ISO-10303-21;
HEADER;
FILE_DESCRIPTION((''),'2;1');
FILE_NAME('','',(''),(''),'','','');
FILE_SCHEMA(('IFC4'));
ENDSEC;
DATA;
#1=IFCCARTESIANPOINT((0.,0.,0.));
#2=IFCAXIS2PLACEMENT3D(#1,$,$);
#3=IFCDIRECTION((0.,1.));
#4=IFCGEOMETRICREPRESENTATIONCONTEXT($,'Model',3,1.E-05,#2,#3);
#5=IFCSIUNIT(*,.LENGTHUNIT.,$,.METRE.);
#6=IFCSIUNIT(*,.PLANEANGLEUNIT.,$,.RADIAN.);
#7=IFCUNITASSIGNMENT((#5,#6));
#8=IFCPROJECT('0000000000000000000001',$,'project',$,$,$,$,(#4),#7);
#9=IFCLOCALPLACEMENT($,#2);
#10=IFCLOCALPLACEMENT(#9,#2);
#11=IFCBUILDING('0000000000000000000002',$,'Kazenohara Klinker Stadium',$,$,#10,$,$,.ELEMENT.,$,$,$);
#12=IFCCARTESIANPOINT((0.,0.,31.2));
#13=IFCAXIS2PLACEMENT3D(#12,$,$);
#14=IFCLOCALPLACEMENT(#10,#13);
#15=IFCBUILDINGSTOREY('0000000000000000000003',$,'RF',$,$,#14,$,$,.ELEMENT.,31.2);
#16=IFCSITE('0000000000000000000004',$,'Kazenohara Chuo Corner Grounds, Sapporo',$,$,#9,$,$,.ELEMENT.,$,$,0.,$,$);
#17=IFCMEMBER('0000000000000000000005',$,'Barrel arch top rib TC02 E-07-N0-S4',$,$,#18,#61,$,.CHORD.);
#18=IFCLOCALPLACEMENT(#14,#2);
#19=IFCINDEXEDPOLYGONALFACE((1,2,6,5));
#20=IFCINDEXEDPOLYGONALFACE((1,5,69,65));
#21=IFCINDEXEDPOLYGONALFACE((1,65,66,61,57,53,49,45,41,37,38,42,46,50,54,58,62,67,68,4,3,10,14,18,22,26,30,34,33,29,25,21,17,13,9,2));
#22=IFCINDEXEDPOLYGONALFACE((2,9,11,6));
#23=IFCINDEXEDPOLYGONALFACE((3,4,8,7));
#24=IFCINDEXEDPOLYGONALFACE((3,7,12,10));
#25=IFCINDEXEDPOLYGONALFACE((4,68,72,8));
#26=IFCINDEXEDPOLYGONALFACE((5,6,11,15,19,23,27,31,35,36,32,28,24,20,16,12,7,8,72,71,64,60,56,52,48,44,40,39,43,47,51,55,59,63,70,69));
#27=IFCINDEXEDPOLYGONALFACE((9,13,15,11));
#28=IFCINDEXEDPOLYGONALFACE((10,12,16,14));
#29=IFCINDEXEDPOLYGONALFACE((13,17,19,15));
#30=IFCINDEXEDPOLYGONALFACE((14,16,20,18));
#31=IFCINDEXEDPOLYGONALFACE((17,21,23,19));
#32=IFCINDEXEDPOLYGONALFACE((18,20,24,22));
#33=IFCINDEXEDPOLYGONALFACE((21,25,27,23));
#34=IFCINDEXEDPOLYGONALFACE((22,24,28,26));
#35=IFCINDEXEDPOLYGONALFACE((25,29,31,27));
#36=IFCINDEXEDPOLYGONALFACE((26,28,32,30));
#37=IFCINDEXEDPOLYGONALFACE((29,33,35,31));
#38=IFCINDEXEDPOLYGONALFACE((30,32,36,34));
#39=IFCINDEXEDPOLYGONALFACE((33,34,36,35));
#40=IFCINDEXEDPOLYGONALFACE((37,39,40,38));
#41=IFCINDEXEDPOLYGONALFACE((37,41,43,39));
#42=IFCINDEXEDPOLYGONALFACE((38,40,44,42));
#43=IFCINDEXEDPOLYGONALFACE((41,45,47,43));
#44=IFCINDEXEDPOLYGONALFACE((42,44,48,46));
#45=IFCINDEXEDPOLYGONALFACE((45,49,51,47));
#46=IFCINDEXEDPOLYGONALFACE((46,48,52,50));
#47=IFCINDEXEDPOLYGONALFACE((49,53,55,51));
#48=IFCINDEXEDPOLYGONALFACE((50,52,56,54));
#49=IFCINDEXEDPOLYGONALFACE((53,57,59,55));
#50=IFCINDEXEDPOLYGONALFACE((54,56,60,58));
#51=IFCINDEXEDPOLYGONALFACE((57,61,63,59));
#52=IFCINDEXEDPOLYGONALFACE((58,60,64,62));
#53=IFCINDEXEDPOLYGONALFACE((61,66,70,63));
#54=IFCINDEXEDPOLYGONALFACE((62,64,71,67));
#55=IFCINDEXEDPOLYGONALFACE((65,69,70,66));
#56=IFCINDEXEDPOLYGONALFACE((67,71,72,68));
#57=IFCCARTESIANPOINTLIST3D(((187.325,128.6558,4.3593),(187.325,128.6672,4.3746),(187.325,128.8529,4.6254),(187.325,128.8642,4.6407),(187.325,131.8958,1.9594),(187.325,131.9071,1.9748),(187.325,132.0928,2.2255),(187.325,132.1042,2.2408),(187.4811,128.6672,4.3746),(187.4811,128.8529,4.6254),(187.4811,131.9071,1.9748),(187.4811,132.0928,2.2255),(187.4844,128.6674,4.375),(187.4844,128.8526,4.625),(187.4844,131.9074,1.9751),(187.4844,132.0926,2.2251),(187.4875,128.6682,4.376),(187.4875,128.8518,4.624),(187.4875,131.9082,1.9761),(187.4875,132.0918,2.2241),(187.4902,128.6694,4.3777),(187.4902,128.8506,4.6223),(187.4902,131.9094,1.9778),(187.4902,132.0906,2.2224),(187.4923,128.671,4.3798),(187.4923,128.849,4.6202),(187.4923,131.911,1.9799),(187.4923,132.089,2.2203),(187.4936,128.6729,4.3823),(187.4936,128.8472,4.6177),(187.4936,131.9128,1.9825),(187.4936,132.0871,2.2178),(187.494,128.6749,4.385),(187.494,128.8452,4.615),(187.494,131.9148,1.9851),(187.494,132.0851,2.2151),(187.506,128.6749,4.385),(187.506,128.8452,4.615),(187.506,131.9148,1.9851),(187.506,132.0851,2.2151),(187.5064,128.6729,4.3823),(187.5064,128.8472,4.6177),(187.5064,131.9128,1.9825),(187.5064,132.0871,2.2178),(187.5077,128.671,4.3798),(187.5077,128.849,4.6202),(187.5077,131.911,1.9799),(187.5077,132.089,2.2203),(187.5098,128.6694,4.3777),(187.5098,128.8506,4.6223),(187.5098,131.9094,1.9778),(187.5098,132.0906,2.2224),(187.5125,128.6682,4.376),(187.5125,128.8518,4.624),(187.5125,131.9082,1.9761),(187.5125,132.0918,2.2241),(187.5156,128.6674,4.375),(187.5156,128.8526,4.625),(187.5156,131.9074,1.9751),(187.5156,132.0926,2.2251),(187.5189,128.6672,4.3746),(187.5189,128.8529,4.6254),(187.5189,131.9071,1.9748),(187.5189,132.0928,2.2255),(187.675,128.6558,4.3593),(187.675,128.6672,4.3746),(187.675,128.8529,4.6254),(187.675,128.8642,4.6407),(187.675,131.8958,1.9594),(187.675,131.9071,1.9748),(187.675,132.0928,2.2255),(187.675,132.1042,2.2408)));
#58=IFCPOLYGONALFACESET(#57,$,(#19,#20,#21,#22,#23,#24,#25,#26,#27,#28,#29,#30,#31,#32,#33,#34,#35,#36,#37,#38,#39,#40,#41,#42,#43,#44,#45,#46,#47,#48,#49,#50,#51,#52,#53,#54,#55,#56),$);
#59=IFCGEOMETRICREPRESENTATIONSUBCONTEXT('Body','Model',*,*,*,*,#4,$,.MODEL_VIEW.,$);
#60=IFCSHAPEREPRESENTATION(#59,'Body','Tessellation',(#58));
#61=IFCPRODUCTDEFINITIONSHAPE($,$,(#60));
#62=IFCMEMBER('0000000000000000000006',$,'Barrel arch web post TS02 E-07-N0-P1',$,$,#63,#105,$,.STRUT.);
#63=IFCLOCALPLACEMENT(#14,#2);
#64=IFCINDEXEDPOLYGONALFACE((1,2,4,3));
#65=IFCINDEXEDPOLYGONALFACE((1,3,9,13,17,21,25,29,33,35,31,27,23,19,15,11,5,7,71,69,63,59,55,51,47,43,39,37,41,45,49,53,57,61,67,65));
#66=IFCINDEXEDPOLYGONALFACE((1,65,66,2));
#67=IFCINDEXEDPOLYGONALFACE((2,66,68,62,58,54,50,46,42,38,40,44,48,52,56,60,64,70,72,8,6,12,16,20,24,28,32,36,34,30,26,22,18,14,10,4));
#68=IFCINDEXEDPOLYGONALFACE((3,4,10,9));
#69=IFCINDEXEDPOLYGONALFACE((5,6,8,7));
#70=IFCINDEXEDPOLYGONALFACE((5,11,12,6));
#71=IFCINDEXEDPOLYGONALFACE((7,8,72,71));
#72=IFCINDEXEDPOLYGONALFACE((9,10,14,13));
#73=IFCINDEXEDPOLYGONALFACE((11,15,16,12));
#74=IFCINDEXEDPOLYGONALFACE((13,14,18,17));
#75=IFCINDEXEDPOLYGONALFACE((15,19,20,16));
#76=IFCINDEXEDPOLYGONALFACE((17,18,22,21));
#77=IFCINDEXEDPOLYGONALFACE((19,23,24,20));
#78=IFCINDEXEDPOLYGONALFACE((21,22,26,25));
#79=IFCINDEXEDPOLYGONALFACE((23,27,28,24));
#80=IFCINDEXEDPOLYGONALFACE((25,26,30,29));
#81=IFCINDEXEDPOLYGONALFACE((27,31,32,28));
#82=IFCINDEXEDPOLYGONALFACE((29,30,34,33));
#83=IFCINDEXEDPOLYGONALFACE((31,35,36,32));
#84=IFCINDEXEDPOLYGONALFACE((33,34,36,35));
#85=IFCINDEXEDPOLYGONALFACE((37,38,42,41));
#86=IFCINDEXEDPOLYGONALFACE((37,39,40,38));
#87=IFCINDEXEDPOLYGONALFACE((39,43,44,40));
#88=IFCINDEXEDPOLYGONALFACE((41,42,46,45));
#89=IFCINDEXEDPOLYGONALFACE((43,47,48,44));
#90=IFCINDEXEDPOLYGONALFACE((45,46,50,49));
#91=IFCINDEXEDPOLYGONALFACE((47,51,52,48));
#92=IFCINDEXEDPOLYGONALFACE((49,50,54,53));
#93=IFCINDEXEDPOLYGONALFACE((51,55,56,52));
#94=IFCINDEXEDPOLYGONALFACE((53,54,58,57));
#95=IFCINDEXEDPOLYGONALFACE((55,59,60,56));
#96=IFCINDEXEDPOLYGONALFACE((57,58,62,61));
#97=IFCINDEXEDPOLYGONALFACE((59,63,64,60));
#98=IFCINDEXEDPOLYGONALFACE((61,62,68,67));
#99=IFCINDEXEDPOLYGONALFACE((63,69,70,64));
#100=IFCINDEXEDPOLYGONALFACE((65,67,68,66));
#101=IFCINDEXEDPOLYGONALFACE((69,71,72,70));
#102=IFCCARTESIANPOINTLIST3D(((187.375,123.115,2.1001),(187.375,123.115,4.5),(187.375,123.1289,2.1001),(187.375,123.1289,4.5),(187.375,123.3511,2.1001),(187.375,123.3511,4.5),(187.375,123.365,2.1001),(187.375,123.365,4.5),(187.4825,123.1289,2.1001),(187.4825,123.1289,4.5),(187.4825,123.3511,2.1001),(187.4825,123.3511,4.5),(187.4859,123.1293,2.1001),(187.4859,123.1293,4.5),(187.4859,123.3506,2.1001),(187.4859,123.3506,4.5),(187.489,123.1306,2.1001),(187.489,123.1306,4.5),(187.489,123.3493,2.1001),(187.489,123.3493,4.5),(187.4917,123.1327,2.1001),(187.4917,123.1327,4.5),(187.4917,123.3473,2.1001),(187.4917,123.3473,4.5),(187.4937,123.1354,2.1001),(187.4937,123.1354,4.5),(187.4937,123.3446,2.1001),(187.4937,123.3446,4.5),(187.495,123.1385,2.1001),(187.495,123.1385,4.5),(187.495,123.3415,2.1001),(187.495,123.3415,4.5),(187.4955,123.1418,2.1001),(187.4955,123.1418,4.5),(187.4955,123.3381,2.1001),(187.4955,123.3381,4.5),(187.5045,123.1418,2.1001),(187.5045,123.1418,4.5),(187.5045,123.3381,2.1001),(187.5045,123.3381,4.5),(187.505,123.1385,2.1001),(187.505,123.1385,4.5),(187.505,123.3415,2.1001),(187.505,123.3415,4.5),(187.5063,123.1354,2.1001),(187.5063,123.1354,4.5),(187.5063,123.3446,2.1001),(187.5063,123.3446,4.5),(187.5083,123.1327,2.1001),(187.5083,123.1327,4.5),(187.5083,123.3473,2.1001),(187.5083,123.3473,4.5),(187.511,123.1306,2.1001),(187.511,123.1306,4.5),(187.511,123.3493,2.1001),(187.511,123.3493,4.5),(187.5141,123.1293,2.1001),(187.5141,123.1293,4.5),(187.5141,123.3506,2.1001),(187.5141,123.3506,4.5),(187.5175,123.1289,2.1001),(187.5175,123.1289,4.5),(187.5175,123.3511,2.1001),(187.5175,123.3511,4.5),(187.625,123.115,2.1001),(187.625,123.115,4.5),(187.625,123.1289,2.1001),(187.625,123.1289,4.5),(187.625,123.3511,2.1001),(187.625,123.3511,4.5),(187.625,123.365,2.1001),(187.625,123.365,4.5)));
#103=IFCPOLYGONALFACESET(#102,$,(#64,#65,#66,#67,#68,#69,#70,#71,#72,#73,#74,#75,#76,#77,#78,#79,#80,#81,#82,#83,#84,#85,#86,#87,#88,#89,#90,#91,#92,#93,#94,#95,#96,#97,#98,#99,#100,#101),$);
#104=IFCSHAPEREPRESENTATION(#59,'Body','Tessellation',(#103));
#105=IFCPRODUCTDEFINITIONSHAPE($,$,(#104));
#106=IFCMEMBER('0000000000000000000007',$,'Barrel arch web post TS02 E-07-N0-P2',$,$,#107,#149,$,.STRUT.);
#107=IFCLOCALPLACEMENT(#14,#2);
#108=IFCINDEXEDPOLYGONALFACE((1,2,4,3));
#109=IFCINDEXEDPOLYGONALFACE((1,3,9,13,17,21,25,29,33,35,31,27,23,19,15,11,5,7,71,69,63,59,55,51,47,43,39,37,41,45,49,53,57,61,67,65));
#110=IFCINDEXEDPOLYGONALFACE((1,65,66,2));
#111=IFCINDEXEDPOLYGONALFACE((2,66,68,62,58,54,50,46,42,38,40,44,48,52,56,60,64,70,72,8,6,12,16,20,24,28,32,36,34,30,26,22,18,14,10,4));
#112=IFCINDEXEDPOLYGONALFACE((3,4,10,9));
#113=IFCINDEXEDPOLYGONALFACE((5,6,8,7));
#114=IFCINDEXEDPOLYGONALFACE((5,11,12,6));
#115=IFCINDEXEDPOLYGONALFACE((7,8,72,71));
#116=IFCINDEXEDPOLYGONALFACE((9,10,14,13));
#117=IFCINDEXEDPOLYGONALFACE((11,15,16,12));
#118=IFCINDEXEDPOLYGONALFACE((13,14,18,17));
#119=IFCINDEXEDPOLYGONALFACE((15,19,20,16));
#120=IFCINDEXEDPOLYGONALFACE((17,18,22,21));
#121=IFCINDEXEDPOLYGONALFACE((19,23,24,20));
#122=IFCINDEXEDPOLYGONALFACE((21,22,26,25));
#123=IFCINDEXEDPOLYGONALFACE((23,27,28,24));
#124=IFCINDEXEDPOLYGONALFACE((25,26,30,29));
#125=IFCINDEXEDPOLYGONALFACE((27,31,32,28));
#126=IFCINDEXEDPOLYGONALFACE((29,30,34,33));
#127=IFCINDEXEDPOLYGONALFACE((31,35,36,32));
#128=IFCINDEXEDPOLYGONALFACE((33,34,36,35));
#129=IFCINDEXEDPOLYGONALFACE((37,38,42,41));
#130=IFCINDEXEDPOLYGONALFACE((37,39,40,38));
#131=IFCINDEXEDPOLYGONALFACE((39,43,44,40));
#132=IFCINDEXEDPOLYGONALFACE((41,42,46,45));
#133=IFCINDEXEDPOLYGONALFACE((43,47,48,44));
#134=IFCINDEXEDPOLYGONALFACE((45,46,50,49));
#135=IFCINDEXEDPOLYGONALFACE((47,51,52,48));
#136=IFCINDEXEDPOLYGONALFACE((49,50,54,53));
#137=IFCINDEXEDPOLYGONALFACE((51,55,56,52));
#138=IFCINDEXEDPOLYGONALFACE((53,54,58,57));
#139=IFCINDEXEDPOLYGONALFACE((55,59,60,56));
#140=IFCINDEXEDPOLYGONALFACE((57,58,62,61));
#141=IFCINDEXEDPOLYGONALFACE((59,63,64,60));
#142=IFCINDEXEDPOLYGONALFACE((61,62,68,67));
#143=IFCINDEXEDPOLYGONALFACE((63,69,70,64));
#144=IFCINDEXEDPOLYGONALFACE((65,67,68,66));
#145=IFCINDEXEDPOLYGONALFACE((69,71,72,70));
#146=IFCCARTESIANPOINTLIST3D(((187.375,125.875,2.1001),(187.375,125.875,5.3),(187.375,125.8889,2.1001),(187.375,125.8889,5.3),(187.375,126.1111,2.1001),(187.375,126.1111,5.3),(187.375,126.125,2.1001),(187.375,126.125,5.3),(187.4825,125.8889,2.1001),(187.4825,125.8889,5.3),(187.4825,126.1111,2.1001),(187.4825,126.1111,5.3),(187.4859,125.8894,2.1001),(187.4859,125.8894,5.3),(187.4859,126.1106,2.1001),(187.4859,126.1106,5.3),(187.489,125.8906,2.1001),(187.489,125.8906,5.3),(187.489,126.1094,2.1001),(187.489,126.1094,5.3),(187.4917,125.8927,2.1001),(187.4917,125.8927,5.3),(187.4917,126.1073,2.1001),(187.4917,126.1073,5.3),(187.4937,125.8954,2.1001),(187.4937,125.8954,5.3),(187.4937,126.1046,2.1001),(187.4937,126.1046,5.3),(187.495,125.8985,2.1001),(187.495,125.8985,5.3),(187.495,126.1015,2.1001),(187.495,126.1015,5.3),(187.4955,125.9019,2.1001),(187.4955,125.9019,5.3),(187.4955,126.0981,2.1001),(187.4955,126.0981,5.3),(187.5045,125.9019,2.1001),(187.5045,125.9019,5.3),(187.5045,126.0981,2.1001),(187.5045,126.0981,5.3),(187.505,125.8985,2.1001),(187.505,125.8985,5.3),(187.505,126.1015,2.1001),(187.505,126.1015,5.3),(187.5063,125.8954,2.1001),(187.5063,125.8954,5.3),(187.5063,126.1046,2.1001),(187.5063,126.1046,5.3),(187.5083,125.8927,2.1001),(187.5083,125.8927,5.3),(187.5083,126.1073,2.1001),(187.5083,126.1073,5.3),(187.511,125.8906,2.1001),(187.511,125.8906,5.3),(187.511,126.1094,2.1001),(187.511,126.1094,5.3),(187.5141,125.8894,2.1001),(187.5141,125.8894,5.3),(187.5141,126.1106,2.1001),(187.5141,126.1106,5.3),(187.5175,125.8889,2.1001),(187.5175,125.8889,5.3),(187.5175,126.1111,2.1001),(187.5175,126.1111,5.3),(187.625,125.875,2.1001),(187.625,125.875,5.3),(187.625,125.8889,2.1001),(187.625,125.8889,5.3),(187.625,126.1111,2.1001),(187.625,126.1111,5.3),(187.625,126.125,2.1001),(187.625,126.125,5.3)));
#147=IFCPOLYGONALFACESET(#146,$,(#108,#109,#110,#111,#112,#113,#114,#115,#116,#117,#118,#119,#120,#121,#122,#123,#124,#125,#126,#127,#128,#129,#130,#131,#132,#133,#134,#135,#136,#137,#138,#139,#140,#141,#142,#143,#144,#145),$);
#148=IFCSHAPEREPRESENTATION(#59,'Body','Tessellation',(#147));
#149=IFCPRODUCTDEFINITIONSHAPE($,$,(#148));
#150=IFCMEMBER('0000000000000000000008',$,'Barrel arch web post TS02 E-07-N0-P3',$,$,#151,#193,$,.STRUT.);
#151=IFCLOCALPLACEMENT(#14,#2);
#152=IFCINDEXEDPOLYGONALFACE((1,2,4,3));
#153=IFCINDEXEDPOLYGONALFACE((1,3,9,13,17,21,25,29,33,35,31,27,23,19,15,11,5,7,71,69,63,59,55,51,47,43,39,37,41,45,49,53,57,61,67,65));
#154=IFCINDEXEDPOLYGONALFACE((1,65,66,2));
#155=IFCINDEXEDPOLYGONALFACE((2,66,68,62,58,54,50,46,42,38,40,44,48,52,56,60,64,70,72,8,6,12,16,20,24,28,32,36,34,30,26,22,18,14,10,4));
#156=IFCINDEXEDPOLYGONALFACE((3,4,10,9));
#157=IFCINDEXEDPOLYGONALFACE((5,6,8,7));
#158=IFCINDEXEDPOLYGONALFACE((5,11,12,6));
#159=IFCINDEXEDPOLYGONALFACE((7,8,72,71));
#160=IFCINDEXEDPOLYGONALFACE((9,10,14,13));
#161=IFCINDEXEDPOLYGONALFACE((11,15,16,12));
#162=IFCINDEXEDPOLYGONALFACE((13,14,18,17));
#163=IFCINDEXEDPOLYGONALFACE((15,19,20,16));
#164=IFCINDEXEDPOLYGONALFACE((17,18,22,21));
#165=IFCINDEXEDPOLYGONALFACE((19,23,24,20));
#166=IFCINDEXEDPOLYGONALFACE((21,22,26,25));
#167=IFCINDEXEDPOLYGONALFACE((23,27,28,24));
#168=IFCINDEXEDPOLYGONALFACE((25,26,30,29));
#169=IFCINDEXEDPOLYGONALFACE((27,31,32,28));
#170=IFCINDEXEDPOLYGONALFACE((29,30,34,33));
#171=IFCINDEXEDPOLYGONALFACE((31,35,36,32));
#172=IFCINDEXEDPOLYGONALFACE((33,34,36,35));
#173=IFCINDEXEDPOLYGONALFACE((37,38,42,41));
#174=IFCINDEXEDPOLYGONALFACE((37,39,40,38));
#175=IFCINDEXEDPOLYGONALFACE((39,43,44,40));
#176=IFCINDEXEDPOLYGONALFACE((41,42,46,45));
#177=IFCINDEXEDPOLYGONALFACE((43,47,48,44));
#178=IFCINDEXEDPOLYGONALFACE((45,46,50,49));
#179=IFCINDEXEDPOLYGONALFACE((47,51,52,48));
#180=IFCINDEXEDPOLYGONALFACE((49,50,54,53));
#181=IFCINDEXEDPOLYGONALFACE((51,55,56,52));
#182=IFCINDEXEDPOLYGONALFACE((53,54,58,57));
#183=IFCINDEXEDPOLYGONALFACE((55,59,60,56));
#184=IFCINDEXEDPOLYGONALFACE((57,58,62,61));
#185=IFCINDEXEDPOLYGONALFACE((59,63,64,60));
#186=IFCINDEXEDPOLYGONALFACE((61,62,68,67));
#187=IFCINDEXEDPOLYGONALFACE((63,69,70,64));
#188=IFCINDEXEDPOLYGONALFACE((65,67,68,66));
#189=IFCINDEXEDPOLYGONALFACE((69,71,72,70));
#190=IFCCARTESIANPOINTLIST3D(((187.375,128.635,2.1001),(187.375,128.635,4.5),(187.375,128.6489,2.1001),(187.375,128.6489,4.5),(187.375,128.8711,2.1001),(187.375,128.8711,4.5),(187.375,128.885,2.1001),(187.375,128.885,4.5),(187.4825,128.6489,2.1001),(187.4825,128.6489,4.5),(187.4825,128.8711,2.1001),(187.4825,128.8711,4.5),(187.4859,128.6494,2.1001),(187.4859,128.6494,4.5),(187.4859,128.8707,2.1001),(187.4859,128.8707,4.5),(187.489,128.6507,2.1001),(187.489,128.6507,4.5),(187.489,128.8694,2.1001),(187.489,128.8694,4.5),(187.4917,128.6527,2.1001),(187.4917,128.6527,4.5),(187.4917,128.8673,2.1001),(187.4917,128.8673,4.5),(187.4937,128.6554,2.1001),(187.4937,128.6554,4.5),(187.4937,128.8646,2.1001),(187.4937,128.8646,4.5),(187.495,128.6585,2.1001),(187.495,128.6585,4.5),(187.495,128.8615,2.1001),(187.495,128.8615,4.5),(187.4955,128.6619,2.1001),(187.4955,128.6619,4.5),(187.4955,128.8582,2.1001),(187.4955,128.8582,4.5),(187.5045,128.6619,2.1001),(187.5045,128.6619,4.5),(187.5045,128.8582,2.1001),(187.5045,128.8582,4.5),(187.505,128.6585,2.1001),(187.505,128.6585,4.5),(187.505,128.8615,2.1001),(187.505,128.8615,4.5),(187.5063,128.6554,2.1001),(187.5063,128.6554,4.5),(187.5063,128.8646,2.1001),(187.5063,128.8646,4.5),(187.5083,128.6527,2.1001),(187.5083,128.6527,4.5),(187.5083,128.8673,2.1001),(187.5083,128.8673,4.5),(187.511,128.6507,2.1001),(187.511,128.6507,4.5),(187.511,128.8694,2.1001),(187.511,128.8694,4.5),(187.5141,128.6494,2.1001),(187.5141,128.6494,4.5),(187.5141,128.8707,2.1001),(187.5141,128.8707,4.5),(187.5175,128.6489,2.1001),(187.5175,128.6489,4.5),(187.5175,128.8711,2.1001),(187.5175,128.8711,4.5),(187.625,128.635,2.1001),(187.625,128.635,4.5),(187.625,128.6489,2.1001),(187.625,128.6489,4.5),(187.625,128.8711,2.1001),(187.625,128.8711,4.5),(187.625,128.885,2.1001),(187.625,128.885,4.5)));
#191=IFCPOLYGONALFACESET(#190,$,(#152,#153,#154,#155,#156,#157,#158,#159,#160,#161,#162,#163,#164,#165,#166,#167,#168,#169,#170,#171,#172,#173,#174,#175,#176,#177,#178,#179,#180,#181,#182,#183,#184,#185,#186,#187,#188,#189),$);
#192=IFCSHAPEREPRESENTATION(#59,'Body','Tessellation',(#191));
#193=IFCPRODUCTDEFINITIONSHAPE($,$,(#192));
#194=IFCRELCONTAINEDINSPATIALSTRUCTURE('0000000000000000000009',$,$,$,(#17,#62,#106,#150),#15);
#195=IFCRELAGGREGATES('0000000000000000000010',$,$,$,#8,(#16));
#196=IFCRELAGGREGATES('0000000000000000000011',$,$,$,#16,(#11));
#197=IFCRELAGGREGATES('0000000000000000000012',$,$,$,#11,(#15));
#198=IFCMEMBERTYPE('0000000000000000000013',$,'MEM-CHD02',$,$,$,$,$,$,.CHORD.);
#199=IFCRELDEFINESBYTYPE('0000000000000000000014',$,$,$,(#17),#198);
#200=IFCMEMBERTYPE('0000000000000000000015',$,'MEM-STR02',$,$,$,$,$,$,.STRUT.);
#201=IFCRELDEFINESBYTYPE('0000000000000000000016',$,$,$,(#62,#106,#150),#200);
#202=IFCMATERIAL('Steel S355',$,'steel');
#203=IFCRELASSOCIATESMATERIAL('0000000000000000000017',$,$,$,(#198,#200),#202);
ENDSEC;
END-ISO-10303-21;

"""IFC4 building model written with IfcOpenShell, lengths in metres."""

from ifc_helpers import new_model, si_unit, direction, frame, origin, origin_2d, place, context, subcontext, project, spatial, i_section, extrude, material, material_profile, profile_set, type_object, element, save


model = new_model("IFC4")

# Units and contexts
model_context = context("Model", 3, precision=1e-05, world=origin(), true_north=direction((0.0, 1.0)))
body_context = subcontext(model_context, "Body", "Model", "MODEL_VIEW")
ifc_project = project(units=[si_unit("LENGTHUNIT", "METRE"), si_unit("PLANEANGLEUNIT", "RADIAN")], contexts=[model_context])

# Site, building, storey
site_placement = place(None, origin())
site = spatial("IfcSite", under=ifc_project, at=site_placement, Name="Kazenohara Chuo Corner Grounds, Sapporo", CompositionType="ELEMENT", RefElevation=0.0)
building_placement = place(site_placement, origin())
building = spatial("IfcBuilding", under=site, at=building_placement, Name="Kazenohara Klinker Stadium", CompositionType="ELEMENT")
storey_placement = place(building_placement, frame((0.0, 0.0, 31.2)))
storey = spatial("IfcBuildingStorey", under=building, at=storey_placement, Name="RF", CompositionType="ELEMENT", Elevation=31.2)

# Members
ifc_material_1 = material(Name="Steel S355", Category="steel")
ifc_material_profile_1 = material_profile(ifc_material_1, i_section(OverallWidth=0.3501, OverallDepth=0.3501, WebThickness=0.012, FlangeThickness=0.019, FilletRadius=0.0129, at=origin_2d()), Name="H-350x350x12x19")
ifc_profile_set_1 = profile_set([ifc_material_profile_1], Name="Steel S355")
member_type_1 = type_object("IfcMemberType", Name="MEM-CHD02", PredefinedType="CHORD", material=ifc_profile_set_1)
member_1_placement = place(storey_placement, frame((187.5, 128.76, 4.5), z_axis=(0.0, 0.803568, -0.595213), x_axis=(-1.0, 0.0, 0.0)))
element("IfcMember", 1, at=member_1_placement, inside=storey, type_object=member_type_1, Name="Barrel arch top rib TC02 E-07-N0-S4", PredefinedType="CHORD", context=body_context, shape_type="SweptSolid", body=[
    extrude(i_section(OverallWidth=0.3501, OverallDepth=0.3501, WebThickness=0.012, FlangeThickness=0.019, FilletRadius=0.0129, at=origin_2d()), origin(), (0.0, 0.0, 1.0), 4.032),
])
ifc_material_profile_2 = material_profile(ifc_material_1, i_section(OverallWidth=0.25, OverallDepth=0.25, WebThickness=0.009, FlangeThickness=0.0139, FilletRadius=0.0129, at=origin_2d()), Name="H-250x250x9x14")
ifc_profile_set_2 = profile_set([ifc_material_profile_2], Name="Steel S355")
member_type_2 = type_object("IfcMemberType", Name="MEM-STR02", PredefinedType="STRUT", material=ifc_profile_set_2)
member_2_placement = place(storey_placement, frame((187.5, 123.24, 2.1001), z_axis=(0.0, 0.0, 1.0), x_axis=(1.0, 0.0, 0.0)))
element("IfcMember", 2, at=member_2_placement, inside=storey, type_object=member_type_2, Name="Barrel arch web post TS02 E-07-N0-P1", PredefinedType="STRUT", context=body_context, shape_type="SweptSolid", body=[
    extrude(i_section(OverallWidth=0.25, OverallDepth=0.25, WebThickness=0.009, FlangeThickness=0.0139, FilletRadius=0.0129, at=origin_2d()), origin(), (0.0, 0.0, 1.0), 2.3999),
])
member_3_placement = place(storey_placement, frame((187.5, 126.0, 2.1001), z_axis=(0.0, 0.0, 1.0), x_axis=(1.0, 0.0, 0.0)))
element("IfcMember", 3, at=member_3_placement, inside=storey, type_object=member_type_2, Name="Barrel arch web post TS02 E-07-N0-P2", PredefinedType="STRUT", context=body_context, shape_type="SweptSolid", body=[
    extrude(i_section(OverallWidth=0.25, OverallDepth=0.25, WebThickness=0.009, FlangeThickness=0.0139, FilletRadius=0.0129, at=origin_2d()), origin(), (0.0, 0.0, 1.0), 3.2),
])
member_4_placement = place(storey_placement, frame((187.5, 128.76, 2.1001), z_axis=(0.0, 0.0, 1.0), x_axis=(1.0, 0.0, 0.0)))
element("IfcMember", 4, at=member_4_placement, inside=storey, type_object=member_type_2, Name="Barrel arch web post TS02 E-07-N0-P3", PredefinedType="STRUT", context=body_context, shape_type="SweptSolid", body=[
    extrude(i_section(OverallWidth=0.25, OverallDepth=0.25, WebThickness=0.009, FlangeThickness=0.0139, FilletRadius=0.0129, at=origin_2d()), origin(), (0.0, 0.0, 1.0), 2.3999),
])

save(model, "model.ifc")
